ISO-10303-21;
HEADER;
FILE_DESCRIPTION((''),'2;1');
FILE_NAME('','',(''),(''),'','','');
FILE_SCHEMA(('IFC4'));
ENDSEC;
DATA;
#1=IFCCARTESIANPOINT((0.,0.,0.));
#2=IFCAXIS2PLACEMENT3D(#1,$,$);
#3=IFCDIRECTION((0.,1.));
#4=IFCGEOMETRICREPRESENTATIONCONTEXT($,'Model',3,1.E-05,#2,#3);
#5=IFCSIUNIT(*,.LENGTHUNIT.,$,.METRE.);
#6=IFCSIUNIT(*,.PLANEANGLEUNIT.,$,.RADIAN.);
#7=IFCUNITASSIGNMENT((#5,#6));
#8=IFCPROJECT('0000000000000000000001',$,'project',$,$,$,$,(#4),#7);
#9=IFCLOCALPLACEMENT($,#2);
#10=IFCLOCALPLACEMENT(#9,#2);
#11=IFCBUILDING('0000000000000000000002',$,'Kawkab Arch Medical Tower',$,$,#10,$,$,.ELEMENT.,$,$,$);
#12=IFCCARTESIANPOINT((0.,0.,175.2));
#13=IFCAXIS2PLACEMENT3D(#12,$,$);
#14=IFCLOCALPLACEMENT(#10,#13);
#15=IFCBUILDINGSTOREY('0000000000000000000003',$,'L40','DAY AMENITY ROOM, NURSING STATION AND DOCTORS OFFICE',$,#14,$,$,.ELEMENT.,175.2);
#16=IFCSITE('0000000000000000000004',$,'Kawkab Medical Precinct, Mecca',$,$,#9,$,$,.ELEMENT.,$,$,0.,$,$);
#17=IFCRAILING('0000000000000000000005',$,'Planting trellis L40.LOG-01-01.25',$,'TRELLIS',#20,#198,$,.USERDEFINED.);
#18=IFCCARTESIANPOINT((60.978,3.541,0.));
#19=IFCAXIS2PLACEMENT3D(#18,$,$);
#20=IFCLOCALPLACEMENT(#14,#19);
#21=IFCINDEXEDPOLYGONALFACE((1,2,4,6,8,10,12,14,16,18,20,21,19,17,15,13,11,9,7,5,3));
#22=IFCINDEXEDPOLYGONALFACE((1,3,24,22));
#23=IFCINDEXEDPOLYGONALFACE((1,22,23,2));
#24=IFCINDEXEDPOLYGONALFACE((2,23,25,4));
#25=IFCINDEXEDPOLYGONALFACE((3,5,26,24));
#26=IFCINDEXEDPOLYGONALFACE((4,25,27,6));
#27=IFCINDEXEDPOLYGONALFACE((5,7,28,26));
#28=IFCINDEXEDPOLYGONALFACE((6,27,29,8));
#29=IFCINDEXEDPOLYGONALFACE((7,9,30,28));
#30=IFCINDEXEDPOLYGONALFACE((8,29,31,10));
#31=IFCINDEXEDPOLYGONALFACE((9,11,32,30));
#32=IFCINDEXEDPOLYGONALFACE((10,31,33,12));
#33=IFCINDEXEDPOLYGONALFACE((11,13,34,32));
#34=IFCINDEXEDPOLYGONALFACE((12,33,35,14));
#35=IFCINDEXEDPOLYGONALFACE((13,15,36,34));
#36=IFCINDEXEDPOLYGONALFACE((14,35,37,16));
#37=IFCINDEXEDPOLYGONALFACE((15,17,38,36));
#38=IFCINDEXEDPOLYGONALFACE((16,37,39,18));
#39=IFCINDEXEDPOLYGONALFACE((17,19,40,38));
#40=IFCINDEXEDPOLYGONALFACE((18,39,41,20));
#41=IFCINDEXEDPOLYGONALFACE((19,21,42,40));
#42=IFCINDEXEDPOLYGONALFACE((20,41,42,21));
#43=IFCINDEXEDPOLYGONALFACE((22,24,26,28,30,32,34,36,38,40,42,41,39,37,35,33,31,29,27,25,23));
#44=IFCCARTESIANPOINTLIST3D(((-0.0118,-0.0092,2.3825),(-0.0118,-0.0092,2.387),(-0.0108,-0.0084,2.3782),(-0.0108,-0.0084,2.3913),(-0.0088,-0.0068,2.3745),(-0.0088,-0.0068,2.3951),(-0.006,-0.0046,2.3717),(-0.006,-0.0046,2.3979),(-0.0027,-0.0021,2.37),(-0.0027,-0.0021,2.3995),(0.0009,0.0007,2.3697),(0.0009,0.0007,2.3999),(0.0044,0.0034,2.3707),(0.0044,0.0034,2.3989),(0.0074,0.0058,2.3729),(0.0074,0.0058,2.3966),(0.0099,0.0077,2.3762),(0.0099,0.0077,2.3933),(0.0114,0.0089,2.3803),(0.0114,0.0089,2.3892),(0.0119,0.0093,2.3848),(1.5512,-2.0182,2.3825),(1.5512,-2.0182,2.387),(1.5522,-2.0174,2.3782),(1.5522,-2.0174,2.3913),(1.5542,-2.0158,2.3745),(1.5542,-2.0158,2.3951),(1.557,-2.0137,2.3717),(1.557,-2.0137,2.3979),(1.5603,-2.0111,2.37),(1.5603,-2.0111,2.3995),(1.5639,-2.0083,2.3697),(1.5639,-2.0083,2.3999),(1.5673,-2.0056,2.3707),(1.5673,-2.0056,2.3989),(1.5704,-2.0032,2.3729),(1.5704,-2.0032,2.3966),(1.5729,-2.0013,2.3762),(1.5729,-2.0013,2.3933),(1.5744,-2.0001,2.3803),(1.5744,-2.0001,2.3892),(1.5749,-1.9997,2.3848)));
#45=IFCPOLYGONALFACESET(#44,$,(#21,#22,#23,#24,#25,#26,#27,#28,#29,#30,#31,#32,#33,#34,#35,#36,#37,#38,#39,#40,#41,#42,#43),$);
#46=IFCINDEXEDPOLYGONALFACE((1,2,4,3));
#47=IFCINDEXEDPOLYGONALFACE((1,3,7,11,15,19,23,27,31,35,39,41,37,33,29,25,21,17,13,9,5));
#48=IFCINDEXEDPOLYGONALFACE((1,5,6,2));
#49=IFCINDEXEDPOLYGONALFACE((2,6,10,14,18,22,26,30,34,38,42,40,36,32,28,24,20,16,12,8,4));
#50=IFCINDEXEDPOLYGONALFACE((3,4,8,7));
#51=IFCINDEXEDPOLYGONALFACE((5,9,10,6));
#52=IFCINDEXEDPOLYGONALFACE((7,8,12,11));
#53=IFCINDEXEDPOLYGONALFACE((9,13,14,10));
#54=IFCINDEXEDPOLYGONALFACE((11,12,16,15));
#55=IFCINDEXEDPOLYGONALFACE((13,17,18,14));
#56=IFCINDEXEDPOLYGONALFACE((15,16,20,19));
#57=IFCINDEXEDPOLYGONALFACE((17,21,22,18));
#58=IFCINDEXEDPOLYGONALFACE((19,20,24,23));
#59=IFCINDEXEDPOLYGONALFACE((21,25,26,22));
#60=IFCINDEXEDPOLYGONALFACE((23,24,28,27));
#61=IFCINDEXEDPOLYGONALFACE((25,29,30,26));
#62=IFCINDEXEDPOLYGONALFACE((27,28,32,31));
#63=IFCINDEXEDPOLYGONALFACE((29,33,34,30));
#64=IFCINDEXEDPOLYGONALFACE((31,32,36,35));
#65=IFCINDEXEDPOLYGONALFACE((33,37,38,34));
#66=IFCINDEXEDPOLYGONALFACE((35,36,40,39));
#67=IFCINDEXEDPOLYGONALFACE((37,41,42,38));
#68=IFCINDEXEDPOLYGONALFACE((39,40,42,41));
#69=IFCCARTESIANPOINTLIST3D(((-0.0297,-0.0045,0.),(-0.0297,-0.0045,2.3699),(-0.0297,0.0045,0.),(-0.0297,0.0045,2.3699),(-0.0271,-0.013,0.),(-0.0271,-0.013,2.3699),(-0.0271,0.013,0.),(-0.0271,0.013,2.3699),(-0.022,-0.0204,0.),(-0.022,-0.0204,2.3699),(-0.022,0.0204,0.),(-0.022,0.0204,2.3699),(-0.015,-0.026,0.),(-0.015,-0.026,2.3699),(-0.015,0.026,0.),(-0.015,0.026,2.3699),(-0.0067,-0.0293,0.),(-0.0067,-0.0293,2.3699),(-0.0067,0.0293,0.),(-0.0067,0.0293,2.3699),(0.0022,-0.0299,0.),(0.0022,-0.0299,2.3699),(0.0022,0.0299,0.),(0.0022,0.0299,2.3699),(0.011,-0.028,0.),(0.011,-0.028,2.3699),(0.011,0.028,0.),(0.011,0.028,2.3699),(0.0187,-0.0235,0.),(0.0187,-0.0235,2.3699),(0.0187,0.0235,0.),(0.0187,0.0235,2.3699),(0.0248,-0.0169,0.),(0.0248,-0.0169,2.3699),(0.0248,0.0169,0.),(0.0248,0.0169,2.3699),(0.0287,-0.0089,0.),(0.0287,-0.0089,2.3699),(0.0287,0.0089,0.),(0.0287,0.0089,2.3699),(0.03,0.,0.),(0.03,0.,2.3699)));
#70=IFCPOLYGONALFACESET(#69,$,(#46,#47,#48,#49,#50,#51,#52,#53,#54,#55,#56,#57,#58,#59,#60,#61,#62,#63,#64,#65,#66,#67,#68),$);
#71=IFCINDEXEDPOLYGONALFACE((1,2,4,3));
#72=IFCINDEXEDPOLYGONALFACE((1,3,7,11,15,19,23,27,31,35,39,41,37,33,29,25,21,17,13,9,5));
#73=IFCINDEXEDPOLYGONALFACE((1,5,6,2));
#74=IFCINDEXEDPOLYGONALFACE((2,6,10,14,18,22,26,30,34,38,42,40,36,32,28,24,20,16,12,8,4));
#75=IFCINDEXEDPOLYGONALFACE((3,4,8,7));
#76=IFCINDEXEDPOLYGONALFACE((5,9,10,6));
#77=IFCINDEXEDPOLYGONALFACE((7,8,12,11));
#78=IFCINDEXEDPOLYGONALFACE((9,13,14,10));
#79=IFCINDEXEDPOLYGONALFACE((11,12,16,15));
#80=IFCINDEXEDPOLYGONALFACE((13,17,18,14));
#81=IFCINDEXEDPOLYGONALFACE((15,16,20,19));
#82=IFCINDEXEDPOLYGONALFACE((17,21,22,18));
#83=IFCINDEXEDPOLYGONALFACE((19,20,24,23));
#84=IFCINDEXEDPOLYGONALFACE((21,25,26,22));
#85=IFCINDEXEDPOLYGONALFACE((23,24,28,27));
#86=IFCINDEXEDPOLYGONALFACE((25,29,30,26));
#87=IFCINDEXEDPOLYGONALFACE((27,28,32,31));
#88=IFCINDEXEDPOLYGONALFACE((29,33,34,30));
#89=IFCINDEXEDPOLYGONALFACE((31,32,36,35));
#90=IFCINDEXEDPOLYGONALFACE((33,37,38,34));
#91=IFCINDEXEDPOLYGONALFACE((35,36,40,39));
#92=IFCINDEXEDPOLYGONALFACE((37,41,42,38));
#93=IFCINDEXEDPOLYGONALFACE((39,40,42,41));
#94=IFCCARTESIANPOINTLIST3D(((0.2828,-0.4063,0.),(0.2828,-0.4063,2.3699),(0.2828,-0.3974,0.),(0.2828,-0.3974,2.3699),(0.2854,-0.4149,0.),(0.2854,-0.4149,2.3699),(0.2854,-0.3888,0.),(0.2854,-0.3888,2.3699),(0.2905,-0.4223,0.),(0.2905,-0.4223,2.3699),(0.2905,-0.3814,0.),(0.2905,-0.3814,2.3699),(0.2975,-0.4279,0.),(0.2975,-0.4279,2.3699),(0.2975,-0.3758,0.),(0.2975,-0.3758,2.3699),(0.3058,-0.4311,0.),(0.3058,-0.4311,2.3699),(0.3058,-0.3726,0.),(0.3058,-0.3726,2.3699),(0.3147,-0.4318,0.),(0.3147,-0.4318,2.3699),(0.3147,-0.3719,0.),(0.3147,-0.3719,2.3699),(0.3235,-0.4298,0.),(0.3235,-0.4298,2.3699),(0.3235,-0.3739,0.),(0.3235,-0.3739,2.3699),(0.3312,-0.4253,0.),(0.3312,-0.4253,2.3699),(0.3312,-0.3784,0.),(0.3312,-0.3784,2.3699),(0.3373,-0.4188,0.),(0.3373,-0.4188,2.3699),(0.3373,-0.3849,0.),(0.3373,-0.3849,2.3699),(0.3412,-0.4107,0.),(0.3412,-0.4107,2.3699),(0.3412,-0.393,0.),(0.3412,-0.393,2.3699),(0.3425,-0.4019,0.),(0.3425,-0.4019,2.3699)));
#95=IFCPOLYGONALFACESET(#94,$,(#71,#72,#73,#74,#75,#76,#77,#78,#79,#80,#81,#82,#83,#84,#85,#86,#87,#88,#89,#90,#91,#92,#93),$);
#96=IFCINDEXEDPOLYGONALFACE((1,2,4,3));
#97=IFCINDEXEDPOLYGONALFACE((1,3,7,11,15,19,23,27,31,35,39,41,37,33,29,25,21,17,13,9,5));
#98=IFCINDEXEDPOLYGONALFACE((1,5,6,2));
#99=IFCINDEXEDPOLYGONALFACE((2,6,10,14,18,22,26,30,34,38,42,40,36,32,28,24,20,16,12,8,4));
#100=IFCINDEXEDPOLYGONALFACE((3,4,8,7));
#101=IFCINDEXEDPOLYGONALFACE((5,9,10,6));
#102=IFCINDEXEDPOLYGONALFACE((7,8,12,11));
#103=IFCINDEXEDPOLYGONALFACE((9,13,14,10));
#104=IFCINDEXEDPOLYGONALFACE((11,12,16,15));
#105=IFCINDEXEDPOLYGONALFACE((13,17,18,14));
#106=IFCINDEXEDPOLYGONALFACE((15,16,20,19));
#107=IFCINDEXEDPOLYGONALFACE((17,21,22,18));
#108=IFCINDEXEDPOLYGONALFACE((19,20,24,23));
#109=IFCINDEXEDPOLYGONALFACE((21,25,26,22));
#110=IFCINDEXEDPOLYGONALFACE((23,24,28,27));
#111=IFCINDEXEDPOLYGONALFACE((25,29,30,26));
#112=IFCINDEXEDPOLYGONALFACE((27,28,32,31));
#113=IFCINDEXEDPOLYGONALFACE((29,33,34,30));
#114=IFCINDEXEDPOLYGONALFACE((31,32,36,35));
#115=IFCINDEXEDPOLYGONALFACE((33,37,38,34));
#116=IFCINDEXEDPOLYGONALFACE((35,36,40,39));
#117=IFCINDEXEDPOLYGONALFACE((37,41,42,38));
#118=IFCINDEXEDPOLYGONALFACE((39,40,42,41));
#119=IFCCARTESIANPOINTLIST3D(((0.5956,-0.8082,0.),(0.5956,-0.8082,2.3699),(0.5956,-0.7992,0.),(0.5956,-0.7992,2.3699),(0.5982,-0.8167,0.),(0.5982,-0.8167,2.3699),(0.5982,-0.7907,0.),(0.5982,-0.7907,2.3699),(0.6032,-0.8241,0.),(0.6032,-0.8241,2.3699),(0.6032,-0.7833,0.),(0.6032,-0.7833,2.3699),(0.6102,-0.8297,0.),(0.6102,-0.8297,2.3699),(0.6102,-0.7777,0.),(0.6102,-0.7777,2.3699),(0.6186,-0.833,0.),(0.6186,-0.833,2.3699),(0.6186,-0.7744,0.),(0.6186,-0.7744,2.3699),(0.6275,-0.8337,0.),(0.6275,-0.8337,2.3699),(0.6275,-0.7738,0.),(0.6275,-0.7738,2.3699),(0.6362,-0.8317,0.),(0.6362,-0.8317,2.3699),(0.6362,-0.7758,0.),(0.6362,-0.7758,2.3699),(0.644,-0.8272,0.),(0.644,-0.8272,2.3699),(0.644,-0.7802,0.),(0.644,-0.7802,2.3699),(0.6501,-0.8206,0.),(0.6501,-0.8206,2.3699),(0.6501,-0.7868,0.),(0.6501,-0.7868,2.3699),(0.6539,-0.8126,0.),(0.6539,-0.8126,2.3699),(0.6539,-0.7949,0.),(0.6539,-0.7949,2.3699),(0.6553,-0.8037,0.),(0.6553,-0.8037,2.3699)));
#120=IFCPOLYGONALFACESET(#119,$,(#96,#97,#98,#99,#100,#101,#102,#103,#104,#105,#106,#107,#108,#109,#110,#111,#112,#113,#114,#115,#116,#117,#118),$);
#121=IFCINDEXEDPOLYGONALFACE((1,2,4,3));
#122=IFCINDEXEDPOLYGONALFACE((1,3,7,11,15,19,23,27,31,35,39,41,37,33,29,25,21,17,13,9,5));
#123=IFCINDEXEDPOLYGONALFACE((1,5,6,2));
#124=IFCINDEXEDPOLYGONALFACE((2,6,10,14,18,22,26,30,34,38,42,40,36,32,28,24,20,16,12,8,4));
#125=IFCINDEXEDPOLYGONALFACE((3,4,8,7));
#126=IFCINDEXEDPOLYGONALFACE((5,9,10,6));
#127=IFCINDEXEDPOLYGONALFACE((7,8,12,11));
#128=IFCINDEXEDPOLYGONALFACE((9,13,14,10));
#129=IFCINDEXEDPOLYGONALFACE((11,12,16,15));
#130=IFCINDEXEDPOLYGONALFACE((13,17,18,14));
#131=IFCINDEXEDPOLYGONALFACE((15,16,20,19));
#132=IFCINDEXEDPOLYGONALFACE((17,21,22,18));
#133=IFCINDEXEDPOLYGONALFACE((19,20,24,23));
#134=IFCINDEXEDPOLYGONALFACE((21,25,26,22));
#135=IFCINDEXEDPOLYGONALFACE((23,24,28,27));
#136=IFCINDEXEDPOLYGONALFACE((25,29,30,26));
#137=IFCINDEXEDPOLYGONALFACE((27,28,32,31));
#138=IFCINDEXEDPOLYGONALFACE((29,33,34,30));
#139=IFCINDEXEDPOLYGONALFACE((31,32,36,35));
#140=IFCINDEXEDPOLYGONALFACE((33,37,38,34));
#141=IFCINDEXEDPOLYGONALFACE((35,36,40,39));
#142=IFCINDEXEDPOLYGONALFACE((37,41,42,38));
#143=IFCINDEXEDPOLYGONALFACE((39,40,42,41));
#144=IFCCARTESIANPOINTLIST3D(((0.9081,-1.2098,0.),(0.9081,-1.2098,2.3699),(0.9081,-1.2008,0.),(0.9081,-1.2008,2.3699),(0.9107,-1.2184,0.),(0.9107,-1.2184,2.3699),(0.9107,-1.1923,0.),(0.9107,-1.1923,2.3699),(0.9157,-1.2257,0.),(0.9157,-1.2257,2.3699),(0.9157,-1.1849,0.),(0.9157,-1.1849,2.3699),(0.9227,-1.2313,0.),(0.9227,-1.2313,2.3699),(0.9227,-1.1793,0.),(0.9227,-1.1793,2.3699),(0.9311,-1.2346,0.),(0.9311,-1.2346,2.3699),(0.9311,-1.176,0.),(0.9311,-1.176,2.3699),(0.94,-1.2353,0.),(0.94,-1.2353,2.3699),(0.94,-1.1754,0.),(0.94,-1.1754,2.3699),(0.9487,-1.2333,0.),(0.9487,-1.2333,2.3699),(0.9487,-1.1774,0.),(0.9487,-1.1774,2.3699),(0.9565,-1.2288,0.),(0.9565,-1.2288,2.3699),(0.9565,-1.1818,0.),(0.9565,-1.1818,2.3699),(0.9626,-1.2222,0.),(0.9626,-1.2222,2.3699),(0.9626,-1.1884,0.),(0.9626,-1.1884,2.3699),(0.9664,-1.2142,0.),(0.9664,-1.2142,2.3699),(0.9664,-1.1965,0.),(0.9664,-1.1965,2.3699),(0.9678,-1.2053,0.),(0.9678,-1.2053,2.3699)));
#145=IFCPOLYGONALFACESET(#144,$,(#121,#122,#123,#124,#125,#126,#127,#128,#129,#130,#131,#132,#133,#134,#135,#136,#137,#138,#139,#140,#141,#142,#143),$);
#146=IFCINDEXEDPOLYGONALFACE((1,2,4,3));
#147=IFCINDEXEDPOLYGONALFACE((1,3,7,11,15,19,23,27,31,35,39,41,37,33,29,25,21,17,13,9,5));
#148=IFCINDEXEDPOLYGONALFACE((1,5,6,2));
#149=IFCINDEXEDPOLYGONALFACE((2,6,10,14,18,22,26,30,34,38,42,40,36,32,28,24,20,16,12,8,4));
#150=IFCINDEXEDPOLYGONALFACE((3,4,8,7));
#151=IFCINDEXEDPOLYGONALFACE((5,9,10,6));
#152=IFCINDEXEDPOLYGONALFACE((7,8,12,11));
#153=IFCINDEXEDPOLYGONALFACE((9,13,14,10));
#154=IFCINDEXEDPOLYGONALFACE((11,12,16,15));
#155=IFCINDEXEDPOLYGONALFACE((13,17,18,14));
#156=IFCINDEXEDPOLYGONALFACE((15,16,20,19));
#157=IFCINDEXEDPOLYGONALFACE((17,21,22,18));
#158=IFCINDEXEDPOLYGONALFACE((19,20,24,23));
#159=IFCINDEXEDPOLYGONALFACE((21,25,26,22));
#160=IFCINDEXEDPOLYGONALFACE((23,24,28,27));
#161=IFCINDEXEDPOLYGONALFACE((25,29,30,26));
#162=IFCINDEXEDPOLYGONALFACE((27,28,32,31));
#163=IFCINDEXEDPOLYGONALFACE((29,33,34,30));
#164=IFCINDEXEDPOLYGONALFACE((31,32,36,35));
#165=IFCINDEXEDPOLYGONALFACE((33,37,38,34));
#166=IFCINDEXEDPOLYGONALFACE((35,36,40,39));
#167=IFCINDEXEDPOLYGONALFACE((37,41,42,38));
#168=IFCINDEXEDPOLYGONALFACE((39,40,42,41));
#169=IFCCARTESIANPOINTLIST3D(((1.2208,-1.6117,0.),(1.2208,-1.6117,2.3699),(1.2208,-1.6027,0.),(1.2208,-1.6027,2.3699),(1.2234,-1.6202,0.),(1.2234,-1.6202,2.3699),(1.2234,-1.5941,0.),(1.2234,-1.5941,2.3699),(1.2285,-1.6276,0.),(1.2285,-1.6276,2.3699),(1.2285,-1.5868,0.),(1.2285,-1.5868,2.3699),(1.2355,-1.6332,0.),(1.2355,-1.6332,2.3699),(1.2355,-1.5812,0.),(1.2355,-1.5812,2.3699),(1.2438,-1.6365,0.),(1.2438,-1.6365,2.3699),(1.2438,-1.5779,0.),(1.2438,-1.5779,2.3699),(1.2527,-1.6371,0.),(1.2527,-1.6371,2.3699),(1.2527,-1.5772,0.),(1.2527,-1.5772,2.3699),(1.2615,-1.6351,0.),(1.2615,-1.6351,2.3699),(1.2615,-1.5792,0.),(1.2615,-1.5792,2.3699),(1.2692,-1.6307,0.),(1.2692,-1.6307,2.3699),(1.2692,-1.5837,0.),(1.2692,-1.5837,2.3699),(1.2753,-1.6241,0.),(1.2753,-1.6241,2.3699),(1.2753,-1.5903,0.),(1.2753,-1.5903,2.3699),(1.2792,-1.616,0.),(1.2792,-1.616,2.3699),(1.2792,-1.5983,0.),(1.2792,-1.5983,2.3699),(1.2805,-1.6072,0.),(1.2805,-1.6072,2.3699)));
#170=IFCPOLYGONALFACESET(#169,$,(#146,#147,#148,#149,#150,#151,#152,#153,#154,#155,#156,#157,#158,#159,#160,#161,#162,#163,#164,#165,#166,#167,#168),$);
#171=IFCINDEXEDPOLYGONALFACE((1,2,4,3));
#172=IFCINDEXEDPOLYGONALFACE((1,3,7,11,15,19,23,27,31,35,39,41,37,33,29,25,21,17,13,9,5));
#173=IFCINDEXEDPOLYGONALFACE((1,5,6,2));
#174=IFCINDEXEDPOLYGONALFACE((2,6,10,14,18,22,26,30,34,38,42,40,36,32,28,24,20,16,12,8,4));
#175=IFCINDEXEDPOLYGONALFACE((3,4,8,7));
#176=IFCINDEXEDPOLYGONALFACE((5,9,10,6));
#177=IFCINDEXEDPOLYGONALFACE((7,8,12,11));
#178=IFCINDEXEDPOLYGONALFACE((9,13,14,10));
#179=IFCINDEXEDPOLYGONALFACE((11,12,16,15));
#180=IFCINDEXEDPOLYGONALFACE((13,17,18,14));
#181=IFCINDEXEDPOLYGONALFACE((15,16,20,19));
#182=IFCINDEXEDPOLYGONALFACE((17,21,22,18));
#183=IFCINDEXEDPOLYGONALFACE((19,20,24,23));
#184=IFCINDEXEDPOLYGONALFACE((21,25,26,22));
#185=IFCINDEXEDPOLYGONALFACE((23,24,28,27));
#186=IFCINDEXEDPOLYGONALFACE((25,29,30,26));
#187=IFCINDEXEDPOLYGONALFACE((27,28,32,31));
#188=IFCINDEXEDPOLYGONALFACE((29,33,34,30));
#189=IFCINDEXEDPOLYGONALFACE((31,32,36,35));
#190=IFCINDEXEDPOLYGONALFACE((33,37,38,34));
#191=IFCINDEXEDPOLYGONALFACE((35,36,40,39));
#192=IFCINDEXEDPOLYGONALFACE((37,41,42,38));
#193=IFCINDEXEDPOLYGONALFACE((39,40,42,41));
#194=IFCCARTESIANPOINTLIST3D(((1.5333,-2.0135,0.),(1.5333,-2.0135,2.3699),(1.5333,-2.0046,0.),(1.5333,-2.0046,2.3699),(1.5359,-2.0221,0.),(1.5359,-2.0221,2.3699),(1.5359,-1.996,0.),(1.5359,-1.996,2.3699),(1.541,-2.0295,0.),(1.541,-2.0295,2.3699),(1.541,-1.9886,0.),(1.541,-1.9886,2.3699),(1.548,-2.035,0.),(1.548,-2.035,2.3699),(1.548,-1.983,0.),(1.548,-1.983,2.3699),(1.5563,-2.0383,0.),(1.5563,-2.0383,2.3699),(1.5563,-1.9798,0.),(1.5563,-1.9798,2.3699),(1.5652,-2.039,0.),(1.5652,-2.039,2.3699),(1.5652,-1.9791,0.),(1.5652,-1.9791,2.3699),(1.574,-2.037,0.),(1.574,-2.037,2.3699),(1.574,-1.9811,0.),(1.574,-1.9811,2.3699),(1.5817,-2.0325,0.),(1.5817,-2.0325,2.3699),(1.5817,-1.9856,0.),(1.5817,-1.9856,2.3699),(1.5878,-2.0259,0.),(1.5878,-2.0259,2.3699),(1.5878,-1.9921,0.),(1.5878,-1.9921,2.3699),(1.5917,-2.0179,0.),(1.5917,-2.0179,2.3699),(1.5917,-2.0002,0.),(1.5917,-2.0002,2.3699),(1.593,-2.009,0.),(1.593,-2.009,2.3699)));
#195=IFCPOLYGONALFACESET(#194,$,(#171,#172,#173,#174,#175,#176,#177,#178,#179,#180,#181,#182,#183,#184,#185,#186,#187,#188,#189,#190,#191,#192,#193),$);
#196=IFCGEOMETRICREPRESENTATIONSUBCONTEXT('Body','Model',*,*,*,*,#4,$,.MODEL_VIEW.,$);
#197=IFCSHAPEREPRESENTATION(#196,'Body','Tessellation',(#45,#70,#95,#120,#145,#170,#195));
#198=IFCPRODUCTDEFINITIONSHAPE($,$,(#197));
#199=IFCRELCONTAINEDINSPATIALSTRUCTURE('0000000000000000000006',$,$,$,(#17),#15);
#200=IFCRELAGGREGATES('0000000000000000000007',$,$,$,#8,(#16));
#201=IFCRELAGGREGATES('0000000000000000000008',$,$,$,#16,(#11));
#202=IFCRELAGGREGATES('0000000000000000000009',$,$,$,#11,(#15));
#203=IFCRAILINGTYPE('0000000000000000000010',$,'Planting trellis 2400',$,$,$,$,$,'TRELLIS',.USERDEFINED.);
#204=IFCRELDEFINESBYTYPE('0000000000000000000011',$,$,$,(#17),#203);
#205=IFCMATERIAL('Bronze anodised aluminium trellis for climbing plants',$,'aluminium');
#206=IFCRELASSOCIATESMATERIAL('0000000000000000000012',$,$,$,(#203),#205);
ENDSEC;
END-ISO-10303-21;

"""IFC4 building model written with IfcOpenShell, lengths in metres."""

from ifc_helpers import new_model, si_unit, direction, frame, origin, origin_2d, place, context, subcontext, project, spatial, circle, extrude, material, type_object, element, save


model = new_model("IFC4")

# Units and contexts
model_context = context("Model", 3, precision=1e-05, world=origin(), true_north=direction((0.0, 1.0)))
body_context = subcontext(model_context, "Body", "Model", "MODEL_VIEW")
ifc_project = project(units=[si_unit("LENGTHUNIT", "METRE"), si_unit("PLANEANGLEUNIT", "RADIAN")], contexts=[model_context])

# Site, building, storey
site_placement = place(None, origin())
site = spatial("IfcSite", under=ifc_project, at=site_placement, Name="Kawkab Medical Precinct, Mecca", CompositionType="ELEMENT", RefElevation=0.0)
building_placement = place(site_placement, origin())
building = spatial("IfcBuilding", under=site, at=building_placement, Name="Kawkab Arch Medical Tower", CompositionType="ELEMENT")
storey_placement = place(building_placement, frame((0.0, 0.0, 175.2)))
storey = spatial("IfcBuildingStorey", under=building, at=storey_placement, Name="L40", Description="DAY AMENITY ROOM, NURSING STATION AND DOCTORS OFFICE", CompositionType="ELEMENT", Elevation=175.2)

# Railing
ifc_material_1 = material(Name="Bronze anodised aluminium trellis for climbing plants", Category="aluminium")
railing_type = type_object("IfcRailingType", Name="Planting trellis 2400", ElementType="TRELLIS", PredefinedType="USERDEFINED", material=ifc_material_1)
railing_1_placement = place(storey_placement, frame((60.978, 3.541, 0.0)))
element("IfcRailing", 1, at=railing_1_placement, inside=storey, type_object=railing_type, Name="Planting trellis L40.LOG-01-01.25", ObjectType="TRELLIS", PredefinedType="USERDEFINED", context=body_context, shape_type="SweptSolid", body=[
    extrude(circle(Radius=0.0151, at=origin_2d()), frame((0.0, 0.0, 2.3848), z_axis=(0.61404, -0.789275, 0.0), x_axis=(0.789275, 0.61404, 0.0)), (0.0, 0.0, 1.0), 2.5454),
    extrude(circle(Radius=0.03, at=origin_2d()), origin(), (0.0, 0.0, 1.0), 2.3699),
    extrude(circle(Radius=0.03, at=origin_2d()), frame((0.3125, -0.4019, 0.0)), (0.0, 0.0, 1.0), 2.3699),
    extrude(circle(Radius=0.03, at=origin_2d()), frame((0.6252, -0.8037, 0.0)), (0.0, 0.0, 1.0), 2.3699),
    extrude(circle(Radius=0.03, at=origin_2d()), frame((0.9377, -1.2053, 0.0)), (0.0, 0.0, 1.0), 2.3699),
    extrude(circle(Radius=0.03, at=origin_2d()), frame((1.2505, -1.6072, 0.0)), (0.0, 0.0, 1.0), 2.3699),
    extrude(circle(Radius=0.03, at=origin_2d()), frame((1.563, -2.009, 0.0)), (0.0, 0.0, 1.0), 2.3699),
])

save(model, "model.ifc")
